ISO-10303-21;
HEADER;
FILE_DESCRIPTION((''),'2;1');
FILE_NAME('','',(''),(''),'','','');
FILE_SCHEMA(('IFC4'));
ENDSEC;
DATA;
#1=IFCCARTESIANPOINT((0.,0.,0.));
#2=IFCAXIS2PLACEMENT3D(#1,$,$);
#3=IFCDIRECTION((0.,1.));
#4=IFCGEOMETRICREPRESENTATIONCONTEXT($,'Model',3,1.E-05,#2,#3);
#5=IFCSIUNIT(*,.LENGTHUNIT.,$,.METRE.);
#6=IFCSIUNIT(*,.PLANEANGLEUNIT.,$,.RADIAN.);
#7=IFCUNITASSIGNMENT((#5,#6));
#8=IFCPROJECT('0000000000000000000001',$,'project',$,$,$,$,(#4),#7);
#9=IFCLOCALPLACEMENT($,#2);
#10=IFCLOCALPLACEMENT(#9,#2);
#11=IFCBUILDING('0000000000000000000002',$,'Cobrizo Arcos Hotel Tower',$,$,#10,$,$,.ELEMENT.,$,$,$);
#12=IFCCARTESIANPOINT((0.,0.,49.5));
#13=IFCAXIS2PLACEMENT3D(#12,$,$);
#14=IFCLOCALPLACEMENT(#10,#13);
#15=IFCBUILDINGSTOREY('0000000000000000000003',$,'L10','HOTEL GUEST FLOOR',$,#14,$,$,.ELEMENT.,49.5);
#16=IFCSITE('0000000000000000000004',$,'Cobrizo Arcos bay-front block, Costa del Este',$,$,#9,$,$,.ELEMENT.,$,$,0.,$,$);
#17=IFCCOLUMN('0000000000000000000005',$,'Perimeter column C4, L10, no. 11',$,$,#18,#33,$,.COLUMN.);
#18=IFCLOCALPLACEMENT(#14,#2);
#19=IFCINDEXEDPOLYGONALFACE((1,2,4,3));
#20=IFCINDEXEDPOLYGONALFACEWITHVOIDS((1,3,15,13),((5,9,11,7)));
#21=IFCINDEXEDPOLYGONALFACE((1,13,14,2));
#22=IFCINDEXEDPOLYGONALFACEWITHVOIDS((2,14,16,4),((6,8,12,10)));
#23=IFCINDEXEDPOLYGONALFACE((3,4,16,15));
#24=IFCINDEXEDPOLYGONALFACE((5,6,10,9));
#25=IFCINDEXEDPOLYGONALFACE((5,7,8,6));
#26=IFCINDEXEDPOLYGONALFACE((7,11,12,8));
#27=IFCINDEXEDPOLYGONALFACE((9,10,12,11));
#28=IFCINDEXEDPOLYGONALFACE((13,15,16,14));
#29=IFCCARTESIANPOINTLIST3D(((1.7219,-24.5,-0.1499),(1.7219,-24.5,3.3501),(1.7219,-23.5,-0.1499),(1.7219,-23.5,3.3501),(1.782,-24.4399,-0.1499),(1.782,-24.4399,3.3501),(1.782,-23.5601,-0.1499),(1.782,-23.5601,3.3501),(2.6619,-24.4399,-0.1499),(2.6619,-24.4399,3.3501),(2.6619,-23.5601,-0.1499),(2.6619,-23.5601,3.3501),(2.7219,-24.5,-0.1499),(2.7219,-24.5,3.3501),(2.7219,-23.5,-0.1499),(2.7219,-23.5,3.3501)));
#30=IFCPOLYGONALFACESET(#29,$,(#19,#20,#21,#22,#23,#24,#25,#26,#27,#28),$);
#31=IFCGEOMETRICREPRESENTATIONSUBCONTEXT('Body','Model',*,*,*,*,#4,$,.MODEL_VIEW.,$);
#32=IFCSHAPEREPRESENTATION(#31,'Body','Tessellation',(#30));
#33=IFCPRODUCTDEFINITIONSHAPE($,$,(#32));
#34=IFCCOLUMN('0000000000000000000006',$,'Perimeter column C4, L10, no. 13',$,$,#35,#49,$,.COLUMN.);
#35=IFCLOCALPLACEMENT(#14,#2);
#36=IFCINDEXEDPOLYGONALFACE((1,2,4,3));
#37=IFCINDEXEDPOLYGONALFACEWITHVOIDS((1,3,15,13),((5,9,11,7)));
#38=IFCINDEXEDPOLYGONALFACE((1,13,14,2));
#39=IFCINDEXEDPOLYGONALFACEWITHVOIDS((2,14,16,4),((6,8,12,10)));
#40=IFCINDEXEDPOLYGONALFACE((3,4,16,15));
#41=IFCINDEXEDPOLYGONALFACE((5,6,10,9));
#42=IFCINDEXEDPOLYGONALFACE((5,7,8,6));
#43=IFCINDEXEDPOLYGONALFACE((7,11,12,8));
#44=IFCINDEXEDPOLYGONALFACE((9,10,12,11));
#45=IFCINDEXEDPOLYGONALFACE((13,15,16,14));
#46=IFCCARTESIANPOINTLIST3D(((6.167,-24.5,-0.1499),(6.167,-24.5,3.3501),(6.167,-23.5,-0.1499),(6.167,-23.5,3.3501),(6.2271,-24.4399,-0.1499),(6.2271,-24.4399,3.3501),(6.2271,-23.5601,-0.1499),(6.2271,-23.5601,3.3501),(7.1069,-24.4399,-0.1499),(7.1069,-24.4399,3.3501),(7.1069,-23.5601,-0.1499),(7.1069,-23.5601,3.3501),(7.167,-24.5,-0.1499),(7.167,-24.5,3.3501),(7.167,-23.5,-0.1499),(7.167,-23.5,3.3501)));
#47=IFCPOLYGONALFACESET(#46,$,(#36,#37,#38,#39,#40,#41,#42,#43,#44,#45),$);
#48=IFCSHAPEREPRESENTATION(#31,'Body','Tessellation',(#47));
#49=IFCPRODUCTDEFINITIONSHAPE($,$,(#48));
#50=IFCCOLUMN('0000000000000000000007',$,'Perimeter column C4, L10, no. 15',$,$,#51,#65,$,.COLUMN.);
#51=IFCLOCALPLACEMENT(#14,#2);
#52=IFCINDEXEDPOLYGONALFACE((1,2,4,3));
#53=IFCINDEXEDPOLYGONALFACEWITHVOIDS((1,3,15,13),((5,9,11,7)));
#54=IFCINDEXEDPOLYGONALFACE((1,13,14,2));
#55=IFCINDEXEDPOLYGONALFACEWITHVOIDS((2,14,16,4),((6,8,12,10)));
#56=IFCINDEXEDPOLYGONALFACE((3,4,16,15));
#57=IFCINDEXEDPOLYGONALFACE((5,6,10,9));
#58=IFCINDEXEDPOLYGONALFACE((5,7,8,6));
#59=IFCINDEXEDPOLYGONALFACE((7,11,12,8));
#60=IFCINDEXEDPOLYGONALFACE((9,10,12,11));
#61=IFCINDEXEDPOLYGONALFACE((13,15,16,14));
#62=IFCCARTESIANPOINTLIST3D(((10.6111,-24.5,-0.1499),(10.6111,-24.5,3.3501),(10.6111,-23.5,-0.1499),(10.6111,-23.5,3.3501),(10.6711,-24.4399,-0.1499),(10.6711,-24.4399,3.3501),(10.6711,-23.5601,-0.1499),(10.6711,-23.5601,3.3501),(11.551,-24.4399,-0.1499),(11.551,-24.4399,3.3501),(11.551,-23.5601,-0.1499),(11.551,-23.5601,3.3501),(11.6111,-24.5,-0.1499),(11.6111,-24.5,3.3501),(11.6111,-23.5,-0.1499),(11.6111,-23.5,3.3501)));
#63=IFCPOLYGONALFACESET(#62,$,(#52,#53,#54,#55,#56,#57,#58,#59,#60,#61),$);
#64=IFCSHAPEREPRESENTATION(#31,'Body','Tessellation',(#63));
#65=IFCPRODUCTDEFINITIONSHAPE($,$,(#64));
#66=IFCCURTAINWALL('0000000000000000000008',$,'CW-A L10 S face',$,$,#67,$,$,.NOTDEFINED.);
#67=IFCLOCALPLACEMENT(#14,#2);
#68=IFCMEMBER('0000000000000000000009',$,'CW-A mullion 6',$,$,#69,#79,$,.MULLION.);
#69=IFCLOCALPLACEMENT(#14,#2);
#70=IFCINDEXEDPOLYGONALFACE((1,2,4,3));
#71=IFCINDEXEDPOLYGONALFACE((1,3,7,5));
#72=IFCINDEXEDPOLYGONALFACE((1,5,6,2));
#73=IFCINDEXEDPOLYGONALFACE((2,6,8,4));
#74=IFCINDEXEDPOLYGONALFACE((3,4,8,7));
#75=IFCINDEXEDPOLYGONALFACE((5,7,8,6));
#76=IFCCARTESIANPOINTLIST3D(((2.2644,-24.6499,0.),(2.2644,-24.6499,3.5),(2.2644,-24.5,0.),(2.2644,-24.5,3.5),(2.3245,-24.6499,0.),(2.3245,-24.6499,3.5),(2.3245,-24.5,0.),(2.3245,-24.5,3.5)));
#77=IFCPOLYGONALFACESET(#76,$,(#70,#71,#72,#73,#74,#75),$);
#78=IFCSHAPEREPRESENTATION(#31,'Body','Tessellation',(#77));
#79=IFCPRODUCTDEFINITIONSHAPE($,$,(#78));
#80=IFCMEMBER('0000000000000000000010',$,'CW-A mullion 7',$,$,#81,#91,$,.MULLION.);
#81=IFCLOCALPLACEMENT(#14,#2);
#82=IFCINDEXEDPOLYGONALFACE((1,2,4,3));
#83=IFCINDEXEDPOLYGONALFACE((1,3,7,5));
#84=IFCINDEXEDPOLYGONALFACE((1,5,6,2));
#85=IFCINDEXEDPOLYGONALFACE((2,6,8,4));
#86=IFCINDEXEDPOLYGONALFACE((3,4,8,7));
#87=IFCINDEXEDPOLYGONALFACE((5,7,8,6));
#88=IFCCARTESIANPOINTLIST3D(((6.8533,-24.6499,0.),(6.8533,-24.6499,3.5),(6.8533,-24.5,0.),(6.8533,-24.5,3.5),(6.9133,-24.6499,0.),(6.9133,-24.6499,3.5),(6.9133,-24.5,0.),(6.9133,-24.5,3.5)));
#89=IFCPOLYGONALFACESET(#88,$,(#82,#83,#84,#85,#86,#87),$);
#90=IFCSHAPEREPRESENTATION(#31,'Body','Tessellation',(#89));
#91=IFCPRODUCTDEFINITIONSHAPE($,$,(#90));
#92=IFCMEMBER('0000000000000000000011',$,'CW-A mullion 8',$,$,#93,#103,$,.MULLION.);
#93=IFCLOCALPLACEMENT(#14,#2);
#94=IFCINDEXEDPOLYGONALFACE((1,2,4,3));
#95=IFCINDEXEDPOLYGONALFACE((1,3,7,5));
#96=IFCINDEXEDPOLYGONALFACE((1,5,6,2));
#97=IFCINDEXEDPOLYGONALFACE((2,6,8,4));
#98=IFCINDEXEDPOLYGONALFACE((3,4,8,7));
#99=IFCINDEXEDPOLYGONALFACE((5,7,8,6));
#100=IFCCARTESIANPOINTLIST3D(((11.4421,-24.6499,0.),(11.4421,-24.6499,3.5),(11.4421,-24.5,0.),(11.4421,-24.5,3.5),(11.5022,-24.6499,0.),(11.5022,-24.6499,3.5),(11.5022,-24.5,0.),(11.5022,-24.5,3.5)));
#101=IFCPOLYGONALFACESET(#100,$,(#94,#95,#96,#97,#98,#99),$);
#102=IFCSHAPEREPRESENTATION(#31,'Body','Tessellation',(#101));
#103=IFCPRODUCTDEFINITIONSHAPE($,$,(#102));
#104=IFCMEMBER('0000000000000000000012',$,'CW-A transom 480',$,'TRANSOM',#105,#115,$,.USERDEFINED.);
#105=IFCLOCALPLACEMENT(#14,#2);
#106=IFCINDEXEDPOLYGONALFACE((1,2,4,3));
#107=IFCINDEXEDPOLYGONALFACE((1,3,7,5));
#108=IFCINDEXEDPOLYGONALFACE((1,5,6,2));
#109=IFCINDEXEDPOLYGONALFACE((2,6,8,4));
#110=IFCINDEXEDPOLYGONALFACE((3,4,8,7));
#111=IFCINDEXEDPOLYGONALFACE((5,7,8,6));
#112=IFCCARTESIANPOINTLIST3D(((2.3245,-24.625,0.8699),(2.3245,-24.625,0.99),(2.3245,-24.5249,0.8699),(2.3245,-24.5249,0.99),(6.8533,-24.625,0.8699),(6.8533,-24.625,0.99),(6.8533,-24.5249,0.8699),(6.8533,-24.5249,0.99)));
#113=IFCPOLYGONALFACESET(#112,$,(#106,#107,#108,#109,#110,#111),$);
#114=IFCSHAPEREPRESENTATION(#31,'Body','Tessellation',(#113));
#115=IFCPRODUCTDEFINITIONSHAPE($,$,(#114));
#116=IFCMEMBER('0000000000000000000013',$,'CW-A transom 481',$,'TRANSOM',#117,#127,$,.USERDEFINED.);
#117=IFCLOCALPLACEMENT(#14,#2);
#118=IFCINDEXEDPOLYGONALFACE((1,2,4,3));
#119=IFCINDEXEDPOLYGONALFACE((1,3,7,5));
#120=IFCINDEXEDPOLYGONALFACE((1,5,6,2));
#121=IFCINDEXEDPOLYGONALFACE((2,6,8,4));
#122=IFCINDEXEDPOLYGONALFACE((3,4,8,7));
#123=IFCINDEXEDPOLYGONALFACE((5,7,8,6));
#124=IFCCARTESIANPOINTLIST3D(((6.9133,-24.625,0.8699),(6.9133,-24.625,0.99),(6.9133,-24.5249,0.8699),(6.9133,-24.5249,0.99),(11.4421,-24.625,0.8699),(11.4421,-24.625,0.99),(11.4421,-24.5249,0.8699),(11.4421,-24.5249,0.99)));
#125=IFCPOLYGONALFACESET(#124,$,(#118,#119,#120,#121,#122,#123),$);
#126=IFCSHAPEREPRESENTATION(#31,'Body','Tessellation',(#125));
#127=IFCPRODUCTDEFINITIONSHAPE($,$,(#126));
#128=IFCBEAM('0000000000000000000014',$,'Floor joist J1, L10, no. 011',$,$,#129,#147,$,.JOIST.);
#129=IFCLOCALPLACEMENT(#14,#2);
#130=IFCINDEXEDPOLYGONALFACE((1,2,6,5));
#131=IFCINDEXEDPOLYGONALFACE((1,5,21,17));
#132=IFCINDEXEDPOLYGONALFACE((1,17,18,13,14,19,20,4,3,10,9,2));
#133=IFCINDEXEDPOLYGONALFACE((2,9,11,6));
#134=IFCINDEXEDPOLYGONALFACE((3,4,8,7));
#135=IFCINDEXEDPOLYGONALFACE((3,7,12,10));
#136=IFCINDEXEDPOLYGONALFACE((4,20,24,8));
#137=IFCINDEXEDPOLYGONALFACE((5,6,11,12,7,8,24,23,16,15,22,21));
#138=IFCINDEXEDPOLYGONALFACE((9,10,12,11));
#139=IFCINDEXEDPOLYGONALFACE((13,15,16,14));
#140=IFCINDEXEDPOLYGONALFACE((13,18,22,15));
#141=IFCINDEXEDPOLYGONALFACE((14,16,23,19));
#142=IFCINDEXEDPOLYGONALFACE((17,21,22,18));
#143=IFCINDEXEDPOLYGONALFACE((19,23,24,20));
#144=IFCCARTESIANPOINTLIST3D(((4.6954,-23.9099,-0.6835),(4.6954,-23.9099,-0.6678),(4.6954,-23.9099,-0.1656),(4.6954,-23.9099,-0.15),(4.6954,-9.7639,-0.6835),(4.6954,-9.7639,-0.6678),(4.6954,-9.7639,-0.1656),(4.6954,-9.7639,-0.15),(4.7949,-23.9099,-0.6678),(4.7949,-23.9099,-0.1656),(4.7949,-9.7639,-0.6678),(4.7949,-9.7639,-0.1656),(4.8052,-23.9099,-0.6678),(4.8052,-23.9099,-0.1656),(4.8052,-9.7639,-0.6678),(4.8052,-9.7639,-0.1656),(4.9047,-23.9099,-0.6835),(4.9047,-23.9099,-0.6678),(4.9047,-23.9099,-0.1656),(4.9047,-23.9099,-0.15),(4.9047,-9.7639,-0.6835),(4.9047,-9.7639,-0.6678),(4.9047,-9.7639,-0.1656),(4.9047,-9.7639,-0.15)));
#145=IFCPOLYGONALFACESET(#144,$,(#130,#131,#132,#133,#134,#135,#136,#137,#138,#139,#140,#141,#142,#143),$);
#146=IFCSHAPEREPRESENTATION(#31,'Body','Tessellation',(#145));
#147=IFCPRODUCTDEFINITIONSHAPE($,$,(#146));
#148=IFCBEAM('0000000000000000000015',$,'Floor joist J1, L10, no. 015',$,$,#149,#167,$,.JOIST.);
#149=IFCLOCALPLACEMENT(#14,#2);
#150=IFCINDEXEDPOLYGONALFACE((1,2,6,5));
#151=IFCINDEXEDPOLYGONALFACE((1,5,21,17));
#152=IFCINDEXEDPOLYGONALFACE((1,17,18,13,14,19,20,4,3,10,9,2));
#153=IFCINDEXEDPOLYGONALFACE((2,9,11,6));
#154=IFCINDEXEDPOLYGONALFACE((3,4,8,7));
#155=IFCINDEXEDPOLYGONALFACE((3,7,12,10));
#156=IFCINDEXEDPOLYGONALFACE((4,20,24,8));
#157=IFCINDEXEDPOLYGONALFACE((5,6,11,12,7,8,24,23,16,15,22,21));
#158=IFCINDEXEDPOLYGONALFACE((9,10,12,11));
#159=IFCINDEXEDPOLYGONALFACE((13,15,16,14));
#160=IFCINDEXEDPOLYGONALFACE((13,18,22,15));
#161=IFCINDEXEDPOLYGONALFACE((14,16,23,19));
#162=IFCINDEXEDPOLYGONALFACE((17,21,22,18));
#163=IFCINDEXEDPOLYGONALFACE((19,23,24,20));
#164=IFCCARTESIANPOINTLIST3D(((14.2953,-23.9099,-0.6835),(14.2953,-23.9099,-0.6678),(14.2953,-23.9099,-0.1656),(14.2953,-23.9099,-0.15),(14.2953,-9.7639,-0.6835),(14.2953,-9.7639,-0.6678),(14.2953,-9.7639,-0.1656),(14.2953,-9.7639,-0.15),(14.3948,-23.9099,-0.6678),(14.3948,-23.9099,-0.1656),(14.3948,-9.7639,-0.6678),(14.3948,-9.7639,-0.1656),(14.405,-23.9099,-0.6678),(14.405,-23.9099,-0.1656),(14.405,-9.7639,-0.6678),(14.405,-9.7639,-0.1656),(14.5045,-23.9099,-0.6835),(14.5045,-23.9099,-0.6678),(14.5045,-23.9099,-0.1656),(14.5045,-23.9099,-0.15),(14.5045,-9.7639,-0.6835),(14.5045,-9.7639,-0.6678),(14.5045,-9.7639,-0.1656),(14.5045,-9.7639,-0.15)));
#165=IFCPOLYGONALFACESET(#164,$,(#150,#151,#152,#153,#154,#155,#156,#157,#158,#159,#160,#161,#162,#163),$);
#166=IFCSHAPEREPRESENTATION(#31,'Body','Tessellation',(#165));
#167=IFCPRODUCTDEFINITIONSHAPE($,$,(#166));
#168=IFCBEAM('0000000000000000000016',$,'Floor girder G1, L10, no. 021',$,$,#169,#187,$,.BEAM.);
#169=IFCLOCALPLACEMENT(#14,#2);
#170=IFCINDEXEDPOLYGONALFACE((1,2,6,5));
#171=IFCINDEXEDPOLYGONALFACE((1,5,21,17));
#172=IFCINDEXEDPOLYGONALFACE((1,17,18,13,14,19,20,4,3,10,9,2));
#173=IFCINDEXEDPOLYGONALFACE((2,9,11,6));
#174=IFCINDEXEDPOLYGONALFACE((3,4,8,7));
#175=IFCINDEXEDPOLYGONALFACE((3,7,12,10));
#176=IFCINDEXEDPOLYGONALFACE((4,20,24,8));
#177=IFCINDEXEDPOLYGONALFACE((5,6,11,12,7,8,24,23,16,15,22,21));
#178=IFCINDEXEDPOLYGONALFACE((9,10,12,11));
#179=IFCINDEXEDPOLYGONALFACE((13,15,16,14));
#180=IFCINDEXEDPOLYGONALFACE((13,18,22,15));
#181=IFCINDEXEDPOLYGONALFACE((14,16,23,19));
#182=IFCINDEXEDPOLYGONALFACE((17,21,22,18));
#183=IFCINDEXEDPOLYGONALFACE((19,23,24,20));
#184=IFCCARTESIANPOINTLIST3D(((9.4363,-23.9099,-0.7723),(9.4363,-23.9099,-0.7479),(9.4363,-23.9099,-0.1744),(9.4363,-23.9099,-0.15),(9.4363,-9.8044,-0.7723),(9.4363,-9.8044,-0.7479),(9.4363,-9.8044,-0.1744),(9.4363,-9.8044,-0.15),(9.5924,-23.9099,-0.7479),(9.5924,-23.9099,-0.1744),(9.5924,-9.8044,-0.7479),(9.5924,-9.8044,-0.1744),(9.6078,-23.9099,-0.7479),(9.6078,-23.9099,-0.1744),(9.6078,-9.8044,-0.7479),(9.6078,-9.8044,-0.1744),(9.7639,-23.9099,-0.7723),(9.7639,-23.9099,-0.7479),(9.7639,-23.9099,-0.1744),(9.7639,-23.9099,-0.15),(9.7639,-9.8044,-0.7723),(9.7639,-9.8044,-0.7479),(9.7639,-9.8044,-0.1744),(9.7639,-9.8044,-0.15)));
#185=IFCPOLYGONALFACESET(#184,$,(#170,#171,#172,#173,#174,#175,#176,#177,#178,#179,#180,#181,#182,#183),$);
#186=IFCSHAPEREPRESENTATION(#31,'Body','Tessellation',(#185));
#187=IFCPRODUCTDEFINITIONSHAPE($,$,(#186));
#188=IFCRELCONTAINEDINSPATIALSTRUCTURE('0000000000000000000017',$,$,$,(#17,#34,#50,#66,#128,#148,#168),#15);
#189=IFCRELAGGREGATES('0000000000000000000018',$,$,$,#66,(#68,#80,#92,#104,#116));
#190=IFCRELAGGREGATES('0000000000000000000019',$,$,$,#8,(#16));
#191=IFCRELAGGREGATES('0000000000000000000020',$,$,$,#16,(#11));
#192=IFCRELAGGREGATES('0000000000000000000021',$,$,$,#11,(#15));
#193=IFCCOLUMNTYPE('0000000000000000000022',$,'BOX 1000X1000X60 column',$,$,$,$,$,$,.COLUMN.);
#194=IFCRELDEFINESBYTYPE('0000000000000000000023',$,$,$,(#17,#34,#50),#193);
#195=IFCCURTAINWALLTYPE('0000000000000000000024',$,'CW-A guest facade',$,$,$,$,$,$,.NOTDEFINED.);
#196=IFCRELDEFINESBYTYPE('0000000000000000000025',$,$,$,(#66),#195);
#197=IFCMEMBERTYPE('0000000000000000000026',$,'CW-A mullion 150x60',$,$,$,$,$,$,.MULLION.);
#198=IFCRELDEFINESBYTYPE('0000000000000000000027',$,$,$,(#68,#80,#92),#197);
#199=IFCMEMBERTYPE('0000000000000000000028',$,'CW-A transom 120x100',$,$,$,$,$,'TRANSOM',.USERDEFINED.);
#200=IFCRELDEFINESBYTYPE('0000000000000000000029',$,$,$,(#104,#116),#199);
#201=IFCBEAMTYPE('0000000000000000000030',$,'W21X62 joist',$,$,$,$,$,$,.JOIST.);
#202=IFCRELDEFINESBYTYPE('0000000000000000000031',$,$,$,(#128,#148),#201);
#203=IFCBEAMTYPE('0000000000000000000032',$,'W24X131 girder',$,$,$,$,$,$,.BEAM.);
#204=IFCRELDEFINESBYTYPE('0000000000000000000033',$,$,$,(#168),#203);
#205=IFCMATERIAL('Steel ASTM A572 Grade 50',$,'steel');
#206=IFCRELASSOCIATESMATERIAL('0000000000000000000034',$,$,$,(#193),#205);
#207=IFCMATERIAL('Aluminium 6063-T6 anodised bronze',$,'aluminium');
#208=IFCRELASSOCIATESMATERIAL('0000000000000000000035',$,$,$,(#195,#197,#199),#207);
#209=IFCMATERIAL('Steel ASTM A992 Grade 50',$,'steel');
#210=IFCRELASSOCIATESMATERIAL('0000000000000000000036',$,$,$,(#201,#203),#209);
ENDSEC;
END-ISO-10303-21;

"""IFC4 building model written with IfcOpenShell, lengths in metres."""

from ifc_helpers import new_model, si_unit, direction, frame, origin, origin_2d, place, context, subcontext, project, spatial, rectangle, hollow_rectangle, i_section, extrude, material, material_profile, profile_set, type_object, element, aggregate, save


model = new_model("IFC4")

# Units and contexts
model_context = context("Model", 3, precision=1e-05, world=origin(), true_north=direction((0.0, 1.0)))
body_context = subcontext(model_context, "Body", "Model", "MODEL_VIEW")
ifc_project = project(units=[si_unit("LENGTHUNIT", "METRE"), si_unit("PLANEANGLEUNIT", "RADIAN")], contexts=[model_context])

# Site, building, storey
site_placement = place(None, origin())
site = spatial("IfcSite", under=ifc_project, at=site_placement, Name="Cobrizo Arcos bay-front block, Costa del Este", CompositionType="ELEMENT", RefElevation=0.0)
building_placement = place(site_placement, origin())
building = spatial("IfcBuilding", under=site, at=building_placement, Name="Cobrizo Arcos Hotel Tower", CompositionType="ELEMENT")
storey_placement = place(building_placement, frame((0.0, 0.0, 49.5)))
storey = spatial("IfcBuildingStorey", under=building, at=storey_placement, Name="L10", Description="HOTEL GUEST FLOOR", CompositionType="ELEMENT", Elevation=49.5)

# Columns
ifc_material_1 = material(Name="Steel ASTM A572 Grade 50", Category="steel")
ifc_material_profile_1 = material_profile(ifc_material_1, hollow_rectangle(XDim=1.0, YDim=1.0, WallThickness=0.0601, at=origin_2d()), Name="BOX 1000X1000X60")
ifc_profile_set_1 = profile_set([ifc_material_profile_1], Name="Steel ASTM A572 Grade 50")
column_type = type_object("IfcColumnType", Name="BOX 1000X1000X60 column", PredefinedType="COLUMN", material=ifc_profile_set_1)
for number, where, z_axis, x_axis, name in (
    (1, (2.2219, -24.0, -0.1499), (0.0, 0.0, 1.0), (1.0, 0.0, 0.0), "Perimeter column C4, L10, no. 11"),
    (2, (6.667, -24.0, -0.1499), (0.0, 0.0, 1.0), (1.0, 0.0, 0.0), "Perimeter column C4, L10, no. 13"),
    (3, (11.1111, -24.0, -0.1499), (0.0, 0.0, 1.0), (1.0, 0.0, 0.0), "Perimeter column C4, L10, no. 15"),
):
    element("IfcColumn", number, at=place(storey_placement, frame(where, z_axis=z_axis, x_axis=x_axis)), inside=storey, type_object=column_type, Name=name, PredefinedType="COLUMN", context=body_context, shape_type="SweptSolid", body=[
        extrude(hollow_rectangle(XDim=1.0, YDim=1.0, WallThickness=0.0601, at=origin_2d()), origin(), (0.0, 0.0, 1.0), 3.5),
    ])

# Curtain wall, members
ifc_material_2 = material(Name="Aluminium 6063-T6 anodised bronze", Category="aluminium")
curtain_wall_type = type_object("IfcCurtainWallType", Name="CW-A guest facade", PredefinedType="NOTDEFINED", material=ifc_material_2)
curtain_wall_placement = place(storey_placement, origin())
curtain_wall = element("IfcCurtainWall", 4, at=curtain_wall_placement, inside=storey, type_object=curtain_wall_type, Name="CW-A L10 S face", PredefinedType="NOTDEFINED")
ifc_material_profile_2 = material_profile(ifc_material_2, rectangle(XDim=0.1499, YDim=0.0601, at=origin_2d()), Name="CW-A mullion 150x60")
ifc_profile_set_2 = profile_set([ifc_material_profile_2], Name="Aluminium 6063-T6 anodised bronze")
member_type_1 = type_object("IfcMemberType", Name="CW-A mullion 150x60", PredefinedType="MULLION", material=ifc_profile_set_2)
member_1_placement = place(storey_placement, frame((2.2944, -24.575, 0.0), z_axis=(0.0, 0.0, 1.0), x_axis=(0.0, -1.0, 0.0)))
member_1 = element("IfcMember", 5, at=member_1_placement, type_object=member_type_1, Name="CW-A mullion 6", PredefinedType="MULLION", context=body_context, shape_type="SweptSolid", body=[
    extrude(rectangle(XDim=0.1499, YDim=0.0601, at=origin_2d()), origin(), (0.0, 0.0, 1.0), 3.5),
])
member_2_placement = place(storey_placement, frame((6.8833, -24.575, 0.0), z_axis=(0.0, 0.0, 1.0), x_axis=(0.0, -1.0, 0.0)))
member_2 = element("IfcMember", 6, at=member_2_placement, type_object=member_type_1, Name="CW-A mullion 7", PredefinedType="MULLION", context=body_context, shape_type="SweptSolid", body=[
    extrude(rectangle(XDim=0.1499, YDim=0.0601, at=origin_2d()), origin(), (0.0, 0.0, 1.0), 3.5),
])
member_3_placement = place(storey_placement, frame((11.4722, -24.575, 0.0), z_axis=(0.0, 0.0, 1.0), x_axis=(0.0, -1.0, 0.0)))
member_3 = element("IfcMember", 7, at=member_3_placement, type_object=member_type_1, Name="CW-A mullion 8", PredefinedType="MULLION", context=body_context, shape_type="SweptSolid", body=[
    extrude(rectangle(XDim=0.1499, YDim=0.0601, at=origin_2d()), origin(), (0.0, 0.0, 1.0), 3.5),
])
ifc_material_profile_3 = material_profile(ifc_material_2, rectangle(XDim=0.1001, YDim=0.1201, at=origin_2d()), Name="CW-A transom 120x100")
ifc_profile_set_3 = profile_set([ifc_material_profile_3], Name="Aluminium 6063-T6 anodised bronze")
member_type_2 = type_object("IfcMemberType", Name="CW-A transom 120x100", ElementType="TRANSOM", PredefinedType="USERDEFINED", material=ifc_profile_set_3)
member_4_placement = place(storey_placement, frame((2.3245, -24.575, 0.9299), z_axis=(1.0, 0.0, 0.0), x_axis=(0.0, 1.0, 0.0)))
member_4 = element("IfcMember", 8, at=member_4_placement, type_object=member_type_2, Name="CW-A transom 480", ObjectType="TRANSOM", PredefinedType="USERDEFINED", context=body_context, shape_type="SweptSolid", body=[
    extrude(rectangle(XDim=0.1001, YDim=0.1201, at=origin_2d()), origin(), (0.0, 0.0, 1.0), 4.5288),
])
member_5_placement = place(storey_placement, frame((6.9133, -24.575, 0.9299), z_axis=(1.0, 0.0, 0.0), x_axis=(0.0, 1.0, 0.0)))
member_5 = element("IfcMember", 9, at=member_5_placement, type_object=member_type_2, Name="CW-A transom 481", ObjectType="TRANSOM", PredefinedType="USERDEFINED", context=body_context, shape_type="SweptSolid", body=[
    extrude(rectangle(XDim=0.1001, YDim=0.1201, at=origin_2d()), origin(), (0.0, 0.0, 1.0), 4.5288),
])

# Beams
ifc_material_3 = material(Name="Steel ASTM A992 Grade 50", Category="steel")
ifc_material_profile_4 = material_profile(ifc_material_3, i_section(OverallWidth=0.2092, OverallDepth=0.5334, WebThickness=0.0103, FlangeThickness=0.0156, at=origin_2d()), Name="W21X62")
ifc_profile_set_4 = profile_set([ifc_material_profile_4], Name="Steel ASTM A992 Grade 50")
beam_type_1 = type_object("IfcBeamType", Name="W21X62 joist", PredefinedType="JOIST", material=ifc_profile_set_4)
for number, where, z_axis, x_axis, name in (
    (10, (4.8, -23.9099, -0.4167), (0.0, 1.0, 0.0), (-1.0, 0.0, 0.0), "Floor joist J1, L10, no. 011"),
    (11, (14.3999, -23.9099, -0.4167), (0.0, 1.0, 0.0), (-1.0, 0.0, 0.0), "Floor joist J1, L10, no. 015"),
):
    element("IfcBeam", number, at=place(storey_placement, frame(where, z_axis=z_axis, x_axis=x_axis)), inside=storey, type_object=beam_type_1, Name=name, PredefinedType="JOIST", context=body_context, shape_type="SweptSolid", body=[
        extrude(i_section(OverallWidth=0.2092, OverallDepth=0.5334, WebThickness=0.0103, FlangeThickness=0.0156, at=origin_2d()), origin(), (0.0, 0.0, 1.0), 14.146),
    ])
ifc_material_profile_5 = material_profile(ifc_material_3, i_section(OverallWidth=0.3276, OverallDepth=0.6223, WebThickness=0.0154, FlangeThickness=0.0244, at=origin_2d()), Name="W24X131")
ifc_profile_set_5 = profile_set([ifc_material_profile_5], Name="Steel ASTM A992 Grade 50")
beam_type_2 = type_object("IfcBeamType", Name="W24X131 girder", PredefinedType="BEAM", material=ifc_profile_set_5)
beam_1_placement = place(storey_placement, frame((9.6001, -23.9099, -0.4612), z_axis=(0.0, 1.0, 0.0), x_axis=(-1.0, 0.0, 0.0)))
element("IfcBeam", 12, at=beam_1_placement, inside=storey, type_object=beam_type_2, Name="Floor girder G1, L10, no. 021", PredefinedType="BEAM", context=body_context, shape_type="SweptSolid", body=[
    extrude(i_section(OverallWidth=0.3276, OverallDepth=0.6223, WebThickness=0.0154, FlangeThickness=0.0244, at=origin_2d()), origin(), (0.0, 0.0, 1.0), 14.1055),
])

aggregate(curtain_wall, [member_1, member_2, member_3, member_4, member_5])

save(model, "model.ifc")
